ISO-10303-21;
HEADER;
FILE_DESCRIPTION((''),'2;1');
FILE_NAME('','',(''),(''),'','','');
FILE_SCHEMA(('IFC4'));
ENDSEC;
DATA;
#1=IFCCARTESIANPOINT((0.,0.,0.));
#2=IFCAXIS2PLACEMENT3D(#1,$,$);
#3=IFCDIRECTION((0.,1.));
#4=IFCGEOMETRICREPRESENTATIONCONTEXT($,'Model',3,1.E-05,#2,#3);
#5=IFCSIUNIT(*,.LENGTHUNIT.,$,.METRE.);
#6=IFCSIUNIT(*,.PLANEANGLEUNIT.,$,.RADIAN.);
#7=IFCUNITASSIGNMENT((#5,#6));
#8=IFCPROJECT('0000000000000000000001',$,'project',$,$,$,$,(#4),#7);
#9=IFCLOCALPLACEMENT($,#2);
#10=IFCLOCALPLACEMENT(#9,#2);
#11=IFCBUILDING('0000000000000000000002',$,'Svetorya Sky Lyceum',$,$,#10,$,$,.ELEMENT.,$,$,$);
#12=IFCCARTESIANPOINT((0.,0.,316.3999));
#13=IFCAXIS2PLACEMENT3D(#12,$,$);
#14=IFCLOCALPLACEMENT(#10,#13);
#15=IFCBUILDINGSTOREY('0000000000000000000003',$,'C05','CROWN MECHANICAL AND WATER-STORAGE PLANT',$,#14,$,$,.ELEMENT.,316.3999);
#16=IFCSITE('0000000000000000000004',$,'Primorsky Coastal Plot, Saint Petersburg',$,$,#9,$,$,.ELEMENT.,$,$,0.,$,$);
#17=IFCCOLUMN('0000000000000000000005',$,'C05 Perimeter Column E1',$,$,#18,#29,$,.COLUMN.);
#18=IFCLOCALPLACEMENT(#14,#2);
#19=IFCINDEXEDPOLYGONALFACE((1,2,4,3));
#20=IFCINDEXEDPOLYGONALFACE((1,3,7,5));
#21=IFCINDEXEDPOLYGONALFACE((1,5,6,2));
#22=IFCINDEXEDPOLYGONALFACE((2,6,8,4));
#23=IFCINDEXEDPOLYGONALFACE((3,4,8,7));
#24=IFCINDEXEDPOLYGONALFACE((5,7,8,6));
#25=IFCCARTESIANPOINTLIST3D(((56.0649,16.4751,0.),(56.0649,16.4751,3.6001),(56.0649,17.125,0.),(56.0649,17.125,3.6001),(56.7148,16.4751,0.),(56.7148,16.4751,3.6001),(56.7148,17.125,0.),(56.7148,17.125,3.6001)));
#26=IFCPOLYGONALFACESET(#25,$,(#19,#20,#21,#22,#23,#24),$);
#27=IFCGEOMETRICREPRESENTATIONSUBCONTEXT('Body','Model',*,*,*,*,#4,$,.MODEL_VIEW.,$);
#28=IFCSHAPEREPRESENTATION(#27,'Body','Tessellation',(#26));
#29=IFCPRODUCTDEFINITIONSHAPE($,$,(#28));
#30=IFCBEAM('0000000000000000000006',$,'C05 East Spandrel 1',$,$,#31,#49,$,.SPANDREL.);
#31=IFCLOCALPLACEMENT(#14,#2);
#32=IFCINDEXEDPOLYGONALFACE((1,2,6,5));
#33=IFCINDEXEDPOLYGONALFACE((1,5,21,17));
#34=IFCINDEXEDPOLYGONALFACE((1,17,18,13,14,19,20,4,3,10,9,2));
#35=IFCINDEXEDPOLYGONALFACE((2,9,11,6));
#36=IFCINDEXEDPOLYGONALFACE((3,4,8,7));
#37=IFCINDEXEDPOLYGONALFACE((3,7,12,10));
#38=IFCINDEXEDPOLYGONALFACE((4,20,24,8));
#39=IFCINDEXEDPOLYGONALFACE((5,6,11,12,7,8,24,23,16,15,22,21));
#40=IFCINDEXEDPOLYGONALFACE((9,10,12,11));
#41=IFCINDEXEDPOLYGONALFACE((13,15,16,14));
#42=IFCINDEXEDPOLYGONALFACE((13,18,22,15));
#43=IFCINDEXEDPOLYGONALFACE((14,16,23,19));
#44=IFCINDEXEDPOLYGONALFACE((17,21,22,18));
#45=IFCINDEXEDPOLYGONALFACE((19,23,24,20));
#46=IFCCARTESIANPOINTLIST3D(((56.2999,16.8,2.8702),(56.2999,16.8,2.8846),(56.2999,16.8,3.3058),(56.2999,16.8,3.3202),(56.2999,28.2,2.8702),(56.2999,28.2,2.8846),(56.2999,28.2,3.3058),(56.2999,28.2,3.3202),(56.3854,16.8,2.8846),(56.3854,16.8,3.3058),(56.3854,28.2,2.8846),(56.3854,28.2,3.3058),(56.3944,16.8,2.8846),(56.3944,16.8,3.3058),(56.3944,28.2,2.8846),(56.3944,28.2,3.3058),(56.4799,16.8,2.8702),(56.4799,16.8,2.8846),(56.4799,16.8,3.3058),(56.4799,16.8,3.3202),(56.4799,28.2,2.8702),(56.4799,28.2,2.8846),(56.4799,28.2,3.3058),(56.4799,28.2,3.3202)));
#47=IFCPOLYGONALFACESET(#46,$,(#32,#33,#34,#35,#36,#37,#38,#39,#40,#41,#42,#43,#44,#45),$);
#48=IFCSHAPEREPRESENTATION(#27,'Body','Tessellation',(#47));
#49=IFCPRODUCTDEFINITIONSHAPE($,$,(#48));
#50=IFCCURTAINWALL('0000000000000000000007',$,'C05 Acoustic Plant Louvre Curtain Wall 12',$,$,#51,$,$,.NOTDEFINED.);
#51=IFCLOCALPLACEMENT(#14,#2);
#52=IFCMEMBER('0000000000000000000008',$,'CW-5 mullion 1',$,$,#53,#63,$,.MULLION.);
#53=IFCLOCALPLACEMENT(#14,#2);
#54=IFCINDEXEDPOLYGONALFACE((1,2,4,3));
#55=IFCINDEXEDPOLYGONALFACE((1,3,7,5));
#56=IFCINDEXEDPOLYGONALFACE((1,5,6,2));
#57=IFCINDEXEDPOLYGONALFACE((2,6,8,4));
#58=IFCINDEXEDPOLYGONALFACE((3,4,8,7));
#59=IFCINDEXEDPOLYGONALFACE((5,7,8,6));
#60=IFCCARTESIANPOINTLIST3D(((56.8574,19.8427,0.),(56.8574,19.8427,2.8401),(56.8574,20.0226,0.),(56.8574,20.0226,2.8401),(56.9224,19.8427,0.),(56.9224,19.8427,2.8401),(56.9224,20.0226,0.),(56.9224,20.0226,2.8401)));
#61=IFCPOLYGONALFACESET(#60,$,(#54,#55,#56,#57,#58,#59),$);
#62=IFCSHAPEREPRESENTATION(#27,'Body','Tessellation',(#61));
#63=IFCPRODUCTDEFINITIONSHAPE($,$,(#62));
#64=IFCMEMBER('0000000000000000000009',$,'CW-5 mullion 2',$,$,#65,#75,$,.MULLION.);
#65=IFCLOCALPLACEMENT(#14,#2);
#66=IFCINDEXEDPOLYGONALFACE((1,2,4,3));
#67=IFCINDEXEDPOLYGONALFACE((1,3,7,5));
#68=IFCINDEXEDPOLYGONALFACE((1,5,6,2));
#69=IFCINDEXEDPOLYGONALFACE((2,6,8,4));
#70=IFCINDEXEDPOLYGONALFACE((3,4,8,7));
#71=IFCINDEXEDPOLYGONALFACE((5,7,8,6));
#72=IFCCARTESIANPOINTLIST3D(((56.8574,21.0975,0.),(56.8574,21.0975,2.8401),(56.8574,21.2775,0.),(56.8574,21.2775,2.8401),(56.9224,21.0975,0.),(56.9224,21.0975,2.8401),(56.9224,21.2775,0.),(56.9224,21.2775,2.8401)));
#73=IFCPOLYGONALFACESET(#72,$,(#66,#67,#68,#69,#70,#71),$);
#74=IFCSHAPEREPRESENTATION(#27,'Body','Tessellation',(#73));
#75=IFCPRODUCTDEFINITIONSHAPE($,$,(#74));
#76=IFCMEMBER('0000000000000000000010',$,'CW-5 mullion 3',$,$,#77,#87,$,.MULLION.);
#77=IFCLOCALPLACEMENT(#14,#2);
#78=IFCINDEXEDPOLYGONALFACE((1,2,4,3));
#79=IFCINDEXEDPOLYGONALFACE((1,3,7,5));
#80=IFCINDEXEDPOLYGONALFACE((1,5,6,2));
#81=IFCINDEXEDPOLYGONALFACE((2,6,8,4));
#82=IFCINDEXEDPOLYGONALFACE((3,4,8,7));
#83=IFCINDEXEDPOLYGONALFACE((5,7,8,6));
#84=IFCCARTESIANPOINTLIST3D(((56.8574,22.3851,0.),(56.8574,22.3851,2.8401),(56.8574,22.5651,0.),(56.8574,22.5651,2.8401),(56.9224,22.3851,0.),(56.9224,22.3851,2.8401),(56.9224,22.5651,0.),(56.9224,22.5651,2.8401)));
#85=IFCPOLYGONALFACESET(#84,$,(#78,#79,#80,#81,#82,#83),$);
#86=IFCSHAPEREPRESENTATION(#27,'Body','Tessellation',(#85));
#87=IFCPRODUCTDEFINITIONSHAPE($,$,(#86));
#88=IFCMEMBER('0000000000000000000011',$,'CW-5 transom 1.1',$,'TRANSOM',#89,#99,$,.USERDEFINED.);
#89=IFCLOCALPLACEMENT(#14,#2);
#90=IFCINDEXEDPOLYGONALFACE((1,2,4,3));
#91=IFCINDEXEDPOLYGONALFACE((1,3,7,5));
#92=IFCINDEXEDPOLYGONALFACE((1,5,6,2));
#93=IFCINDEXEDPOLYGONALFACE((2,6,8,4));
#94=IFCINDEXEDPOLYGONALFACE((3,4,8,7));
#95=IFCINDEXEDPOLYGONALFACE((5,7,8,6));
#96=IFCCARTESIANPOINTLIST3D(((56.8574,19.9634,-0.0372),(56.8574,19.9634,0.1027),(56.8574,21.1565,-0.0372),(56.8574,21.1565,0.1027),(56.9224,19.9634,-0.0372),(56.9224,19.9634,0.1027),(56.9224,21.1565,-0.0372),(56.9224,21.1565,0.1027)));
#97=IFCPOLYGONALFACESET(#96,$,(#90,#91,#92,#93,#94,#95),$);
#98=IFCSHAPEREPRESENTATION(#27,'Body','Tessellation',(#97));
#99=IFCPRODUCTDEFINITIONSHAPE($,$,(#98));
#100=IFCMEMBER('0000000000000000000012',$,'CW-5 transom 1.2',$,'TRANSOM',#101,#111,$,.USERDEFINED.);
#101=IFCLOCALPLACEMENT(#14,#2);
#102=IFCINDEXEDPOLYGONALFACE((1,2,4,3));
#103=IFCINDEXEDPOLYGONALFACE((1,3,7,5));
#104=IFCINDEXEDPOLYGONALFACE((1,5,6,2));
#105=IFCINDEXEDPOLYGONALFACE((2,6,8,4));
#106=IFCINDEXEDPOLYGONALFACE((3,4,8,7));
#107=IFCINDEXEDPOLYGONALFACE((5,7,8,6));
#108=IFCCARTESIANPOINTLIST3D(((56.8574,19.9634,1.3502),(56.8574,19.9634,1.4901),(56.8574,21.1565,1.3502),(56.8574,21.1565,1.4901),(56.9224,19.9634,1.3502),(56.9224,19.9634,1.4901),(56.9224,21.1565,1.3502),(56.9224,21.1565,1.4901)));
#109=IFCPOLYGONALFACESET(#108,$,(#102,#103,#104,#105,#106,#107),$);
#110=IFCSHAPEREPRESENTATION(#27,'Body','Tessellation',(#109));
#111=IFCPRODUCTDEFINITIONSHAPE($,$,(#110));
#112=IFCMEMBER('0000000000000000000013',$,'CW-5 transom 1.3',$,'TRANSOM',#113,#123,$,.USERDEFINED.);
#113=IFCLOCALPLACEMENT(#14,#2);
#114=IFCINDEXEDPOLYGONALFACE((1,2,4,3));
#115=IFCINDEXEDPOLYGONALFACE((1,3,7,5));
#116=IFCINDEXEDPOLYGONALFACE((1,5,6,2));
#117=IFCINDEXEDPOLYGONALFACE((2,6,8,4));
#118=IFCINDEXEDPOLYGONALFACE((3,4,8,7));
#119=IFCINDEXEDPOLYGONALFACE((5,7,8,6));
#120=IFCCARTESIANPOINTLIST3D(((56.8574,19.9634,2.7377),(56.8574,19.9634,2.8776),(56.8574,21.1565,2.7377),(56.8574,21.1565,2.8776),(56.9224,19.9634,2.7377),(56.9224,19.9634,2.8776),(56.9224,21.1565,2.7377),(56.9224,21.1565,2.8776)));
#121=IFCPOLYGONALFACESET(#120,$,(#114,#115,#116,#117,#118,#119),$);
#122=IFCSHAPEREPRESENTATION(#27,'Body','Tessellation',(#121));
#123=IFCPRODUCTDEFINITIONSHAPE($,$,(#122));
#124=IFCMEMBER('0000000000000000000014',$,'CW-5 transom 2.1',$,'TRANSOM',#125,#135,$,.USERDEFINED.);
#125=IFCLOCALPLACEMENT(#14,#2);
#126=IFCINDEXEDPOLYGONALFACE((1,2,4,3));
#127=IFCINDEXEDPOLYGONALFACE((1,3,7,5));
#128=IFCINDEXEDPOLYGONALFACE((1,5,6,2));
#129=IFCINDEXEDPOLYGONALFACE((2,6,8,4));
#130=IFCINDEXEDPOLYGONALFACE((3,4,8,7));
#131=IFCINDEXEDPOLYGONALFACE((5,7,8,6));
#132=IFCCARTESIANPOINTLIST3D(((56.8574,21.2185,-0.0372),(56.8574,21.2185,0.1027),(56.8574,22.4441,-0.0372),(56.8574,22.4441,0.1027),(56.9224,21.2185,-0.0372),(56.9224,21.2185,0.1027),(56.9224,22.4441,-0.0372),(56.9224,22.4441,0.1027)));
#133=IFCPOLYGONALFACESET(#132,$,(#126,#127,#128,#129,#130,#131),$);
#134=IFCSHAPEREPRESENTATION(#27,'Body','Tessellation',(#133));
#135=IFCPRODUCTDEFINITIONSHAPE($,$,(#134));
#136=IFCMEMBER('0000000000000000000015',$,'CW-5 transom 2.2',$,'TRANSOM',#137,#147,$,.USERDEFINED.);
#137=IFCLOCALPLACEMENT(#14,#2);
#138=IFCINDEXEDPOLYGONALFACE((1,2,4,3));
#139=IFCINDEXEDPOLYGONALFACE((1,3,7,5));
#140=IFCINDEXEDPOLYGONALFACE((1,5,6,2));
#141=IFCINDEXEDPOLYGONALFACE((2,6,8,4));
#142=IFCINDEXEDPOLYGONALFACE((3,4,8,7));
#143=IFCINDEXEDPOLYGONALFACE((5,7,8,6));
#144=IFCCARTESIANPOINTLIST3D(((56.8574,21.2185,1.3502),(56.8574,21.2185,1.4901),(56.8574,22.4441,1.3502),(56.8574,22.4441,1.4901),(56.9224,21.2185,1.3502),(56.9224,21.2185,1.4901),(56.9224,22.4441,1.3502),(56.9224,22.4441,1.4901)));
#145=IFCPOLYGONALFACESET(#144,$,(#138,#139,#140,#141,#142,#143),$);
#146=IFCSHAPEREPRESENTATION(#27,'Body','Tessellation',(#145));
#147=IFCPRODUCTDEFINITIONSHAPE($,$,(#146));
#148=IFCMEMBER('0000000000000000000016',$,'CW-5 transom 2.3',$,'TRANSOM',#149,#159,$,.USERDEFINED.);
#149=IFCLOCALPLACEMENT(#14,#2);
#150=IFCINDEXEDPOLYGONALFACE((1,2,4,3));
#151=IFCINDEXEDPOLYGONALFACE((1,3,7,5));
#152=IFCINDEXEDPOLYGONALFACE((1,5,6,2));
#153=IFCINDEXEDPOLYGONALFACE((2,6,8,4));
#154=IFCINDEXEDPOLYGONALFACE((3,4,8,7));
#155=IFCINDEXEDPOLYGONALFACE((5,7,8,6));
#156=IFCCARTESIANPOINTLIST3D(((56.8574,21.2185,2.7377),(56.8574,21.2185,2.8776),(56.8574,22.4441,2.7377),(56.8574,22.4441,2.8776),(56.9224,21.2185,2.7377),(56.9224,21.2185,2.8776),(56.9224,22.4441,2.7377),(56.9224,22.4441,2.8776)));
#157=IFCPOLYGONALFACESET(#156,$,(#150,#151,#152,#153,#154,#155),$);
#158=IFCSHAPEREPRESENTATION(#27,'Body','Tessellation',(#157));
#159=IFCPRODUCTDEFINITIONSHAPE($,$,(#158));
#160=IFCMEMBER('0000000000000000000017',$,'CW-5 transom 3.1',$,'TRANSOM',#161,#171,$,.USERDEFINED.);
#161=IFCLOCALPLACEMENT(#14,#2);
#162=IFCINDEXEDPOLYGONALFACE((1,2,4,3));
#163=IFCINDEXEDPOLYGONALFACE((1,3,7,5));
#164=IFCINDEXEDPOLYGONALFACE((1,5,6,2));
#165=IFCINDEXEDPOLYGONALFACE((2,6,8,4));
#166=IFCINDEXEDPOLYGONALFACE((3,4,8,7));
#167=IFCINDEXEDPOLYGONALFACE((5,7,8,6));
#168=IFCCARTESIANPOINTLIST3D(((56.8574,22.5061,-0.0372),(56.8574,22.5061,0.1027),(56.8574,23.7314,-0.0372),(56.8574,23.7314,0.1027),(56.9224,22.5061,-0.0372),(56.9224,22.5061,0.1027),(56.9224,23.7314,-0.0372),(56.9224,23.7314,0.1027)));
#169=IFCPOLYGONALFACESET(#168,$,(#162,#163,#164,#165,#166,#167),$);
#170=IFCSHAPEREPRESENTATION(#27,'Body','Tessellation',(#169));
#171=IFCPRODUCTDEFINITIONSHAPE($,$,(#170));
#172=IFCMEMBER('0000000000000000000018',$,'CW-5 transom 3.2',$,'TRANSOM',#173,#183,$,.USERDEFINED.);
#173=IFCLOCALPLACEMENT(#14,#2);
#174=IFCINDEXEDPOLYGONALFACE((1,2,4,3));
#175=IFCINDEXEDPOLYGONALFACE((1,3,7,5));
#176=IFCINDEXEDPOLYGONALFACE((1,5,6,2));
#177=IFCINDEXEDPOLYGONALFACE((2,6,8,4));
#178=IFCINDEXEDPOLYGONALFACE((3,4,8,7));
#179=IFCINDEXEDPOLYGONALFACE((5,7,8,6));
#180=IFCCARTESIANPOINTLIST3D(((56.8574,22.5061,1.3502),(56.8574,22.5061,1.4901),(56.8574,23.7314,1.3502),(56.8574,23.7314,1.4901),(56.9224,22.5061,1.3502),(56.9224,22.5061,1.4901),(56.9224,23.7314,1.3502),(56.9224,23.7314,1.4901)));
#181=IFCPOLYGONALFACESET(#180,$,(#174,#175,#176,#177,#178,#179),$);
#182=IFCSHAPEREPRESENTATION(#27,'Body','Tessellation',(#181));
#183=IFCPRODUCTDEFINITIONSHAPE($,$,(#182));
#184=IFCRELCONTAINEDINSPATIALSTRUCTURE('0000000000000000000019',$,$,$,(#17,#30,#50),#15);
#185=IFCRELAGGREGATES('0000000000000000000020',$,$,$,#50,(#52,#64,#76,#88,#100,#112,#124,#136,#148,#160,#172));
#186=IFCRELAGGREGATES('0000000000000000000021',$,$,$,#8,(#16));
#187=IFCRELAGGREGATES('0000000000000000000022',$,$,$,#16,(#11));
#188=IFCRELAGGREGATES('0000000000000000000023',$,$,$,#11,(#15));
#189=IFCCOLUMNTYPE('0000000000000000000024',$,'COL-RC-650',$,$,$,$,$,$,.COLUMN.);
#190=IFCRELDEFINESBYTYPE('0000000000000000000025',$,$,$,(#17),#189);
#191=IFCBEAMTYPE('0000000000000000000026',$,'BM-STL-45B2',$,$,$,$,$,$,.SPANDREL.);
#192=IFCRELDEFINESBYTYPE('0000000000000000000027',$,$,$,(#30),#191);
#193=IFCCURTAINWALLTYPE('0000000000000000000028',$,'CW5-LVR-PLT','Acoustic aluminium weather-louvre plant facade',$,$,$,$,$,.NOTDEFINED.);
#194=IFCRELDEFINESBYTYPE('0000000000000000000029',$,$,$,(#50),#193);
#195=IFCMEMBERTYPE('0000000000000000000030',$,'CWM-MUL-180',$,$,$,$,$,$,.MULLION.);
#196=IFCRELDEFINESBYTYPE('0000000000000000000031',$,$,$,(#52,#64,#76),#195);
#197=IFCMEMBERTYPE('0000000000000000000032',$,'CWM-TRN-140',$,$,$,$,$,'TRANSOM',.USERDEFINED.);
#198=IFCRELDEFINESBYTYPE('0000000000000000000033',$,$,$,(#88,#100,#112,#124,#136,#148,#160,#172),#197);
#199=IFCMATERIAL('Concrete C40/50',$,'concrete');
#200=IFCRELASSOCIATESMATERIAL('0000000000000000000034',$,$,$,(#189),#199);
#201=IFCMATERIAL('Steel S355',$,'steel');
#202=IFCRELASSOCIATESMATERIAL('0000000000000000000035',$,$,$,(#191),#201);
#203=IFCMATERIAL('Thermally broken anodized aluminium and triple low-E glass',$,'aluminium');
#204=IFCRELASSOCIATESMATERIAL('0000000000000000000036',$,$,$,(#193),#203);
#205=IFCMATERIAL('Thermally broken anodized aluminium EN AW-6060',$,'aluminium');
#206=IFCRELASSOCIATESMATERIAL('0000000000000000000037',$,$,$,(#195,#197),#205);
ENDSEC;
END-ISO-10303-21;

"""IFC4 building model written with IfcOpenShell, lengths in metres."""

from ifc_helpers import new_model, si_unit, direction, frame, origin, origin_2d, place, context, subcontext, project, spatial, rectangle, i_section, extrude, material, material_profile, profile_set, type_object, element, aggregate, save


model = new_model("IFC4")

# Units and contexts
model_context = context("Model", 3, precision=1e-05, world=origin(), true_north=direction((0.0, 1.0)))
body_context = subcontext(model_context, "Body", "Model", "MODEL_VIEW")
ifc_project = project(units=[si_unit("LENGTHUNIT", "METRE"), si_unit("PLANEANGLEUNIT", "RADIAN")], contexts=[model_context])

# Site, building, storey
site_placement = place(None, origin())
site = spatial("IfcSite", under=ifc_project, at=site_placement, Name="Primorsky Coastal Plot, Saint Petersburg", CompositionType="ELEMENT", RefElevation=0.0)
building_placement = place(site_placement, origin())
building = spatial("IfcBuilding", under=site, at=building_placement, Name="Svetorya Sky Lyceum", CompositionType="ELEMENT")
storey_placement = place(building_placement, frame((0.0, 0.0, 316.3999)))
storey = spatial("IfcBuildingStorey", under=building, at=storey_placement, Name="C05", Description="CROWN MECHANICAL AND WATER-STORAGE PLANT", CompositionType="ELEMENT", Elevation=316.3999)

# Column
ifc_material_1 = material(Name="Concrete C40/50", Category="concrete")
ifc_material_profile_1 = material_profile(ifc_material_1, rectangle(XDim=0.6499, YDim=0.6499, at=origin_2d()), Name="RC COL 650x650")
ifc_profile_set_1 = profile_set([ifc_material_profile_1], Name="Concrete C40/50")
column_type = type_object("IfcColumnType", Name="COL-RC-650", PredefinedType="COLUMN", material=ifc_profile_set_1)
column_placement = place(storey_placement, frame((56.3899, 16.8, 0.0), z_axis=(0.0, 0.0, 1.0), x_axis=(1.0, 0.0, 0.0)))
element("IfcColumn", 1, at=column_placement, inside=storey, type_object=column_type, Name="C05 Perimeter Column E1", PredefinedType="COLUMN", context=body_context, shape_type="SweptSolid", body=[
    extrude(rectangle(XDim=0.6499, YDim=0.6499, at=origin_2d()), origin(), (0.0, 0.0, 1.0), 3.6001),
])

# Beam
ifc_material_2 = material(Name="Steel S355", Category="steel")
ifc_material_profile_2 = material_profile(ifc_material_2, i_section(OverallWidth=0.1799, OverallDepth=0.45, WebThickness=0.009, FlangeThickness=0.0144, at=origin_2d()), Name="GOST 45B2")
ifc_profile_set_2 = profile_set([ifc_material_profile_2], Name="Steel S355")
beam_type = type_object("IfcBeamType", Name="BM-STL-45B2", PredefinedType="SPANDREL", material=ifc_profile_set_2)
beam_placement = place(storey_placement, frame((56.3899, 16.8, 3.0952), z_axis=(0.0, 1.0, 0.0), x_axis=(-1.0, 0.0, 0.0)))
element("IfcBeam", 2, at=beam_placement, inside=storey, type_object=beam_type, Name="C05 East Spandrel 1", PredefinedType="SPANDREL", context=body_context, shape_type="SweptSolid", body=[
    extrude(i_section(OverallWidth=0.1799, OverallDepth=0.45, WebThickness=0.009, FlangeThickness=0.0144, at=origin_2d()), origin(), (0.0, 0.0, 1.0), 11.3999),
])

# Curtain wall, members
ifc_material_3 = material(Name="Thermally broken anodized aluminium and triple low-E glass", Category="aluminium")
curtain_wall_type = type_object("IfcCurtainWallType", Name="CW5-LVR-PLT", Description="Acoustic aluminium weather-louvre plant facade", PredefinedType="NOTDEFINED", material=ifc_material_3)
curtain_wall_placement = place(storey_placement, origin())
curtain_wall = element("IfcCurtainWall", 3, at=curtain_wall_placement, inside=storey, type_object=curtain_wall_type, Name="C05 Acoustic Plant Louvre Curtain Wall 12", PredefinedType="NOTDEFINED")
ifc_material_4 = material(Name="Thermally broken anodized aluminium EN AW-6060", Category="aluminium")
ifc_material_profile_3 = material_profile(ifc_material_4, rectangle(XDim=0.0649, YDim=0.1799, at=origin_2d()), Name="ALU MULLION 65x180")
ifc_profile_set_3 = profile_set([ifc_material_profile_3], Name="Thermally broken anodized aluminium EN AW-6060")
member_type_1 = type_object("IfcMemberType", Name="CWM-MUL-180", PredefinedType="MULLION", material=ifc_profile_set_3)
member_1_placement = place(storey_placement, frame((56.8899, 19.9326, 0.0), z_axis=(0.0, 0.0, 1.0), x_axis=(-1.0, 0.0, 0.0)))
member_1 = element("IfcMember", 4, at=member_1_placement, type_object=member_type_1, Name="CW-5 mullion 1", PredefinedType="MULLION", context=body_context, shape_type="SweptSolid", body=[
    extrude(rectangle(XDim=0.0649, YDim=0.1799, at=origin_2d()), origin(), (0.0, 0.0, 1.0), 2.8401),
])
member_2_placement = place(storey_placement, frame((56.8899, 21.1875, 0.0), z_axis=(0.0, 0.0, 1.0), x_axis=(-1.0, 0.0, 0.0)))
member_2 = element("IfcMember", 5, at=member_2_placement, type_object=member_type_1, Name="CW-5 mullion 2", PredefinedType="MULLION", context=body_context, shape_type="SweptSolid", body=[
    extrude(rectangle(XDim=0.0649, YDim=0.1799, at=origin_2d()), origin(), (0.0, 0.0, 1.0), 2.8401),
])
member_3_placement = place(storey_placement, frame((56.8899, 22.4751, 0.0), z_axis=(0.0, 0.0, 1.0), x_axis=(-1.0, 0.0, 0.0)))
member_3 = element("IfcMember", 6, at=member_3_placement, type_object=member_type_1, Name="CW-5 mullion 3", PredefinedType="MULLION", context=body_context, shape_type="SweptSolid", body=[
    extrude(rectangle(XDim=0.0649, YDim=0.1799, at=origin_2d()), origin(), (0.0, 0.0, 1.0), 2.8401),
])
ifc_material_profile_4 = material_profile(ifc_material_4, rectangle(XDim=0.0649, YDim=0.1399, at=origin_2d()), Name="ALU TRANSOM 65x140")
ifc_profile_set_4 = profile_set([ifc_material_profile_4], Name="Thermally broken anodized aluminium EN AW-6060")
member_type_2 = type_object("IfcMemberType", Name="CWM-TRN-140", ElementType="TRANSOM", PredefinedType="USERDEFINED", material=ifc_profile_set_4)
member_4_placement = place(storey_placement, frame((56.8899, 19.9634, 0.0327), z_axis=(0.0, 1.0, 0.0), x_axis=(-1.0, 0.0, 0.0)))
member_4 = element("IfcMember", 7, at=member_4_placement, type_object=member_type_2, Name="CW-5 transom 1.1", ObjectType="TRANSOM", PredefinedType="USERDEFINED", context=body_context, shape_type="SweptSolid", body=[
    extrude(rectangle(XDim=0.0649, YDim=0.1399, at=origin_2d()), origin(), (0.0, 0.0, 1.0), 1.1931),
])
member_5_placement = place(storey_placement, frame((56.8899, 19.9634, 1.4202), z_axis=(0.0, 1.0, 0.0), x_axis=(-1.0, 0.0, 0.0)))
member_5 = element("IfcMember", 8, at=member_5_placement, type_object=member_type_2, Name="CW-5 transom 1.2", ObjectType="TRANSOM", PredefinedType="USERDEFINED", context=body_context, shape_type="SweptSolid", body=[
    extrude(rectangle(XDim=0.0649, YDim=0.1399, at=origin_2d()), origin(), (0.0, 0.0, 1.0), 1.1931),
])
member_6_placement = place(storey_placement, frame((56.8899, 19.9634, 2.8076), z_axis=(0.0, 1.0, 0.0), x_axis=(-1.0, 0.0, 0.0)))
member_6 = element("IfcMember", 9, at=member_6_placement, type_object=member_type_2, Name="CW-5 transom 1.3", ObjectType="TRANSOM", PredefinedType="USERDEFINED", context=body_context, shape_type="SweptSolid", body=[
    extrude(rectangle(XDim=0.0649, YDim=0.1399, at=origin_2d()), origin(), (0.0, 0.0, 1.0), 1.1931),
])
member_7_placement = place(storey_placement, frame((56.8899, 21.2185, 0.0327), z_axis=(0.0, 1.0, 0.0), x_axis=(-1.0, 0.0, 0.0)))
member_7 = element("IfcMember", 10, at=member_7_placement, type_object=member_type_2, Name="CW-5 transom 2.1", ObjectType="TRANSOM", PredefinedType="USERDEFINED", context=body_context, shape_type="SweptSolid", body=[
    extrude(rectangle(XDim=0.0649, YDim=0.1399, at=origin_2d()), origin(), (0.0, 0.0, 1.0), 1.2256),
])
member_8_placement = place(storey_placement, frame((56.8899, 21.2185, 1.4202), z_axis=(0.0, 1.0, 0.0), x_axis=(-1.0, 0.0, 0.0)))
member_8 = element("IfcMember", 11, at=member_8_placement, type_object=member_type_2, Name="CW-5 transom 2.2", ObjectType="TRANSOM", PredefinedType="USERDEFINED", context=body_context, shape_type="SweptSolid", body=[
    extrude(rectangle(XDim=0.0649, YDim=0.1399, at=origin_2d()), origin(), (0.0, 0.0, 1.0), 1.2256),
])
member_9_placement = place(storey_placement, frame((56.8899, 21.2185, 2.8076), z_axis=(0.0, 1.0, 0.0), x_axis=(-1.0, 0.0, 0.0)))
member_9 = element("IfcMember", 12, at=member_9_placement, type_object=member_type_2, Name="CW-5 transom 2.3", ObjectType="TRANSOM", PredefinedType="USERDEFINED", context=body_context, shape_type="SweptSolid", body=[
    extrude(rectangle(XDim=0.0649, YDim=0.1399, at=origin_2d()), origin(), (0.0, 0.0, 1.0), 1.2256),
])
member_10_placement = place(storey_placement, frame((56.8899, 22.5061, 0.0327), z_axis=(0.0, 1.0, 0.0), x_axis=(-1.0, 0.0, 0.0)))
member_10 = element("IfcMember", 13, at=member_10_placement, type_object=member_type_2, Name="CW-5 transom 3.1", ObjectType="TRANSOM", PredefinedType="USERDEFINED", context=body_context, shape_type="SweptSolid", body=[
    extrude(rectangle(XDim=0.0649, YDim=0.1399, at=origin_2d()), origin(), (0.0, 0.0, 1.0), 1.2253),
])
member_11_placement = place(storey_placement, frame((56.8899, 22.5061, 1.4202), z_axis=(0.0, 1.0, 0.0), x_axis=(-1.0, 0.0, 0.0)))
member_11 = element("IfcMember", 14, at=member_11_placement, type_object=member_type_2, Name="CW-5 transom 3.2", ObjectType="TRANSOM", PredefinedType="USERDEFINED", context=body_context, shape_type="SweptSolid", body=[
    extrude(rectangle(XDim=0.0649, YDim=0.1399, at=origin_2d()), origin(), (0.0, 0.0, 1.0), 1.2253),
])

aggregate(curtain_wall, [member_1, member_2, member_3, member_4, member_5, member_6, member_7, member_8, member_9, member_10, member_11])

save(model, "model.ifc")
